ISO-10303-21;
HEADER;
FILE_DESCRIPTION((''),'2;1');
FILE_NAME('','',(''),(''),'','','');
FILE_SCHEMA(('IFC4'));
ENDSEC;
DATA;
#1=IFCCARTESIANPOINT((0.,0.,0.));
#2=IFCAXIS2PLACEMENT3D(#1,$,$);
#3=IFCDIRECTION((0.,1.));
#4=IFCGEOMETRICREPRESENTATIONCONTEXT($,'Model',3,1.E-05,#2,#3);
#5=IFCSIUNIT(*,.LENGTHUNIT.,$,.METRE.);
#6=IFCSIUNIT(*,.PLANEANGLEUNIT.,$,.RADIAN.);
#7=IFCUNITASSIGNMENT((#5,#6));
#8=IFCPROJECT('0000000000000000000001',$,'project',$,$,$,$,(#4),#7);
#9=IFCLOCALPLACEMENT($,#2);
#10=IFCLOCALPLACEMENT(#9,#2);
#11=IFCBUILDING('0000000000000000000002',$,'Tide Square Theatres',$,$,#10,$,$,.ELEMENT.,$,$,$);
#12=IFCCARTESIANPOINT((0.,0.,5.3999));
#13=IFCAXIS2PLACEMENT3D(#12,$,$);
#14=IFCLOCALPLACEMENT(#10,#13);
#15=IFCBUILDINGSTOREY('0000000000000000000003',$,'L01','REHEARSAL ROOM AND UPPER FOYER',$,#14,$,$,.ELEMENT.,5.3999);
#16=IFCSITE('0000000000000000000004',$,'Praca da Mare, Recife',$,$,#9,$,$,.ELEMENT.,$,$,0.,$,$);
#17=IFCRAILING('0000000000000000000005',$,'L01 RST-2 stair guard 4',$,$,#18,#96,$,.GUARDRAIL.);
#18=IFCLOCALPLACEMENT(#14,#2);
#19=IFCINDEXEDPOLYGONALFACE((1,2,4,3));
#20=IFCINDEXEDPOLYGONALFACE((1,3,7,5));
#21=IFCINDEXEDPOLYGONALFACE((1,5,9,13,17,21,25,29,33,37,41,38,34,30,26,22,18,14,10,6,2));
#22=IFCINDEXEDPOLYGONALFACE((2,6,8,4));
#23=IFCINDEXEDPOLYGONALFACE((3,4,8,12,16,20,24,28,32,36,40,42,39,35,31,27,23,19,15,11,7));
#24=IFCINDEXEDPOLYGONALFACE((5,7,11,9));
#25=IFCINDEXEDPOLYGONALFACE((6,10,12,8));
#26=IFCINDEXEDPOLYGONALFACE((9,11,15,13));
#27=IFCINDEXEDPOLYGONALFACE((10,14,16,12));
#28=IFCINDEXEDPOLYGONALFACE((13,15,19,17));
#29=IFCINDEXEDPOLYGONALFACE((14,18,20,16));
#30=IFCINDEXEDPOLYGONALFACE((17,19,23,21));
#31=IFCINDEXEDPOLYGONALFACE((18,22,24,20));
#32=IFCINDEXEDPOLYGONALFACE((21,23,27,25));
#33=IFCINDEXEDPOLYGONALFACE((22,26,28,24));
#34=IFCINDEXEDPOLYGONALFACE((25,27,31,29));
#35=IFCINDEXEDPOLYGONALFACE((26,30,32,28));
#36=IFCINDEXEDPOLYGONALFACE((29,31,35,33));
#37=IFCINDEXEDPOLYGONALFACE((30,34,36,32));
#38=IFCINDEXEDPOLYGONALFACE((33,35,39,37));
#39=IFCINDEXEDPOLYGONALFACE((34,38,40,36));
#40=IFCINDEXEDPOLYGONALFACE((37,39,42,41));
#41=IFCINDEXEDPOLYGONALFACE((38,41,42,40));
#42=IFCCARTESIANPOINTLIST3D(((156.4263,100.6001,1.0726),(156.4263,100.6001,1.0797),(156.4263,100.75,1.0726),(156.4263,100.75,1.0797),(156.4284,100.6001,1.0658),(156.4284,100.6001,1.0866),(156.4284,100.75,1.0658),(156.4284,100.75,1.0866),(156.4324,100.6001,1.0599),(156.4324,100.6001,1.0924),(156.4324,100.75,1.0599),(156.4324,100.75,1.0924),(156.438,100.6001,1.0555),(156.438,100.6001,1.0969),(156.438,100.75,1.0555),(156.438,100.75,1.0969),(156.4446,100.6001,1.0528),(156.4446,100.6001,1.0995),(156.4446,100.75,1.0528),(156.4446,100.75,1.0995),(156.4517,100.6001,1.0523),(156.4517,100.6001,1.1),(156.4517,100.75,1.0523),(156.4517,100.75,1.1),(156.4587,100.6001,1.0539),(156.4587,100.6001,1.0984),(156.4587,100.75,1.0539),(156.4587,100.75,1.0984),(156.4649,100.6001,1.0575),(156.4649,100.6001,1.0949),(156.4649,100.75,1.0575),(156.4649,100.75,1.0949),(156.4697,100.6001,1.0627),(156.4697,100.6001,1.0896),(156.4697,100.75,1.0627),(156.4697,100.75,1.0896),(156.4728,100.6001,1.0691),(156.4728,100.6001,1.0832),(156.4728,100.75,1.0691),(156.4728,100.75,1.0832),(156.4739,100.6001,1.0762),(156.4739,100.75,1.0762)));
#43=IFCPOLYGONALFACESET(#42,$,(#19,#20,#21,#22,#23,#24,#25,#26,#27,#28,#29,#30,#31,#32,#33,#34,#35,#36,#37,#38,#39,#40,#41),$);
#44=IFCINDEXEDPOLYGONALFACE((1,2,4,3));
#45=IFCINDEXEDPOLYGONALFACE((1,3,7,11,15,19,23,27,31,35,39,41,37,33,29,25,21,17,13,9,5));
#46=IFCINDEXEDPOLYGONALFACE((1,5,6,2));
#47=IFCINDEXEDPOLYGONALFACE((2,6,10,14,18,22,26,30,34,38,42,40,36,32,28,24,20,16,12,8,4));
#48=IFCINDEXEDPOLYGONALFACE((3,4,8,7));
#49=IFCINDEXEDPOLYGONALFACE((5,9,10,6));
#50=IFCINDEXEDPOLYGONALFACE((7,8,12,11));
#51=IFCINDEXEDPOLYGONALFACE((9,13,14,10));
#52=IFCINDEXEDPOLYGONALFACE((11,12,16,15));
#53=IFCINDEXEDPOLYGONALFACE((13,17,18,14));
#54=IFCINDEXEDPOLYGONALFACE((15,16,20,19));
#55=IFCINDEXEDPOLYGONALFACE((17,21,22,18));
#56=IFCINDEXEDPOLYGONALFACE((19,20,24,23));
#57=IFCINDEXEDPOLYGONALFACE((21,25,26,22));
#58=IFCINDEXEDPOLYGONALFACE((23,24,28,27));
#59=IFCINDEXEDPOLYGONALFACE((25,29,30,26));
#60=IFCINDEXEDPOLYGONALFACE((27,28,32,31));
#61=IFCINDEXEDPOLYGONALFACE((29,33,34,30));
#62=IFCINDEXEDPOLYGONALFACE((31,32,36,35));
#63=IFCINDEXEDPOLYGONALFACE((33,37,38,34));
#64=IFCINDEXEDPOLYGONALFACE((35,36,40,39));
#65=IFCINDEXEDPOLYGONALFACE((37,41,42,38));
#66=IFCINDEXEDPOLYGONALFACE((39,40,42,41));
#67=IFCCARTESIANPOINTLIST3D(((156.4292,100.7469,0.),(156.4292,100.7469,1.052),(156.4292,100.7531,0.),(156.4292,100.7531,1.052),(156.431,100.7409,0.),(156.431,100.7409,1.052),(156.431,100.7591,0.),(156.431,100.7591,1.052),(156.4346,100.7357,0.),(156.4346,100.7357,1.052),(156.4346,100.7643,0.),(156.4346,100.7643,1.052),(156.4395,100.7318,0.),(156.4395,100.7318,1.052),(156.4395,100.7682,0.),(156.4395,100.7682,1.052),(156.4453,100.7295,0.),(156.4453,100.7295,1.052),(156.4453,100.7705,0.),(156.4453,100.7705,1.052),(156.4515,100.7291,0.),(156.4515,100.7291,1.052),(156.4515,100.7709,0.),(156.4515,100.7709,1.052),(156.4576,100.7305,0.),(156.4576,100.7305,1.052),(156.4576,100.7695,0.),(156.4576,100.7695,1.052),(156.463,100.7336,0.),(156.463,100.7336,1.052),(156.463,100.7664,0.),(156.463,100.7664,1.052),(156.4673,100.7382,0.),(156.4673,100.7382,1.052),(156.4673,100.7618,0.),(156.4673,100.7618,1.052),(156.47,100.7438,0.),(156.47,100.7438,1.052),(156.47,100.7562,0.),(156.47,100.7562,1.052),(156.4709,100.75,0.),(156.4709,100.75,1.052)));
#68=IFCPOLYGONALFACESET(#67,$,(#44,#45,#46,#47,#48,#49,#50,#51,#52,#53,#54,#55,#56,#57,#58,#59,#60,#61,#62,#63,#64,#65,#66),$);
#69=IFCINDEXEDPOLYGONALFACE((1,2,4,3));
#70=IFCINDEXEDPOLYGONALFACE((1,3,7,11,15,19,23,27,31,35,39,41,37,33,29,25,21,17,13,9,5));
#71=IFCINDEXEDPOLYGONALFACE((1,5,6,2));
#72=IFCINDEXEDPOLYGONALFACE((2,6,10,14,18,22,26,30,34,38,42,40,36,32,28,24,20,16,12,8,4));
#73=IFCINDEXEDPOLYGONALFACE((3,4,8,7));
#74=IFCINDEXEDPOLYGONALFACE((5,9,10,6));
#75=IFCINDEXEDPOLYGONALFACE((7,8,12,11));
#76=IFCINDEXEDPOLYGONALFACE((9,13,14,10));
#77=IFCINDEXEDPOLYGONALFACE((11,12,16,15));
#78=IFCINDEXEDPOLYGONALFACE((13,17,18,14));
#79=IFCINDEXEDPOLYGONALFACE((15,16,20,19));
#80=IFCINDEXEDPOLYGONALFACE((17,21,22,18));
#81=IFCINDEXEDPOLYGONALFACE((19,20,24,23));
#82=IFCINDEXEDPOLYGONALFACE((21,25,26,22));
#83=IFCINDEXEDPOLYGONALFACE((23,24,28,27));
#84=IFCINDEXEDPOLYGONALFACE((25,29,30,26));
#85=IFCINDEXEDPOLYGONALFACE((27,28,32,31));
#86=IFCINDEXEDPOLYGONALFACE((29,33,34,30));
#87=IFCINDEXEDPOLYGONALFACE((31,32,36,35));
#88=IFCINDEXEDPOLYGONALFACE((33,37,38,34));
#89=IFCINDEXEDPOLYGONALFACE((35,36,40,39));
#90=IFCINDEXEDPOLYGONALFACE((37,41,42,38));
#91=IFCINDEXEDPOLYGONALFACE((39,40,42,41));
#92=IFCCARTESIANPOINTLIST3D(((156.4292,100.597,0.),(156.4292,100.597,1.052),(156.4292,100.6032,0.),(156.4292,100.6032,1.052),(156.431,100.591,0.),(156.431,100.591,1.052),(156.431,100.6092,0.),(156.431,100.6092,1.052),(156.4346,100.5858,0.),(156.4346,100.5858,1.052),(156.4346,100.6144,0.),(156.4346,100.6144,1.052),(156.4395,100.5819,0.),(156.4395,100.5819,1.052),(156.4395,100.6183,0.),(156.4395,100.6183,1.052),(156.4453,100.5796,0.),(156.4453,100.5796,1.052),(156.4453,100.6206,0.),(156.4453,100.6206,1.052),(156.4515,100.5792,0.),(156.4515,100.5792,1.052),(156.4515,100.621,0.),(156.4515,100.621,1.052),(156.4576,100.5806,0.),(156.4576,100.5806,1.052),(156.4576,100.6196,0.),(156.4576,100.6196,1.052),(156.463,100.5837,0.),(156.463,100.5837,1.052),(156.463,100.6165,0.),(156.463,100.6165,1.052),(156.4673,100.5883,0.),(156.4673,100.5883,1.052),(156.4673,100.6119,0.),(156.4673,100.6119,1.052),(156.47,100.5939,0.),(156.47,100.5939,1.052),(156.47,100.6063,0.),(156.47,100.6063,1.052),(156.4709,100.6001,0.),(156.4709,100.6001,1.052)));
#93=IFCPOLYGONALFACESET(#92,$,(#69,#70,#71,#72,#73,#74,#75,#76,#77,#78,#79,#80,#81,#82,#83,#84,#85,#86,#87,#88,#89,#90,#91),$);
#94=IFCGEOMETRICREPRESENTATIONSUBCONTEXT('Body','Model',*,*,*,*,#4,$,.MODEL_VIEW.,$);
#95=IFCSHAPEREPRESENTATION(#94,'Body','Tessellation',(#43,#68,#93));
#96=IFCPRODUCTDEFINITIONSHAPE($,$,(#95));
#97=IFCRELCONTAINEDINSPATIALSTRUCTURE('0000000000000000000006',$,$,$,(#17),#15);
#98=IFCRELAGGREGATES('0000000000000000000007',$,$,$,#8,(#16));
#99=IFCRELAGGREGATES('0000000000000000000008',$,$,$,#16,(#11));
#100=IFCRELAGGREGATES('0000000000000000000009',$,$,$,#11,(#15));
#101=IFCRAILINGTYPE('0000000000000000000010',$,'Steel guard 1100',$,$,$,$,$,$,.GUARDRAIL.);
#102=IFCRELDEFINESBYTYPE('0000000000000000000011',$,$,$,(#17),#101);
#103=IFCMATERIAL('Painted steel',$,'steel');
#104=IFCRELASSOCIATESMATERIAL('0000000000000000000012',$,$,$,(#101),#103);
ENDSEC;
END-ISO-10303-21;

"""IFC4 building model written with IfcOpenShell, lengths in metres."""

from ifc_helpers import new_model, si_unit, direction, frame, origin, origin_2d, place, context, subcontext, project, spatial, circle, extrude, material, type_object, element, save


model = new_model("IFC4")

# Units and contexts
model_context = context("Model", 3, precision=1e-05, world=origin(), true_north=direction((0.0, 1.0)))
body_context = subcontext(model_context, "Body", "Model", "MODEL_VIEW")
ifc_project = project(units=[si_unit("LENGTHUNIT", "METRE"), si_unit("PLANEANGLEUNIT", "RADIAN")], contexts=[model_context])

# Site, building, storey
site_placement = place(None, origin())
site = spatial("IfcSite", under=ifc_project, at=site_placement, Name="Praca da Mare, Recife", CompositionType="ELEMENT", RefElevation=0.0)
building_placement = place(site_placement, origin())
building = spatial("IfcBuilding", under=site, at=building_placement, Name="Tide Square Theatres", CompositionType="ELEMENT")
storey_placement = place(building_placement, frame((0.0, 0.0, 5.3999)))
storey = spatial("IfcBuildingStorey", under=building, at=storey_placement, Name="L01", Description="REHEARSAL ROOM AND UPPER FOYER", CompositionType="ELEMENT", Elevation=5.3999)

# Railing
ifc_material_1 = material(Name="Painted steel", Category="steel")
railing_type_1 = type_object("IfcRailingType", Name="Steel guard 1100", PredefinedType="GUARDRAIL", material=ifc_material_1)
railing_1_placement = place(storey_placement, frame((156.45, 100.75, 0.0)))
element("IfcRailing", 1, at=railing_1_placement, inside=storey, type_object=railing_type_1, Name="L01 RST-2 stair guard 4", PredefinedType="GUARDRAIL", context=body_context, shape_type="SweptSolid", body=[
    extrude(circle(Radius=0.0239, at=origin_2d()), frame((0.0, 0.0, 1.0762), z_axis=(0.0, -1.0, 0.0), x_axis=(1.0, 0.0, 0.0)), (0.0, 0.0, 1.0), 0.1499),
    extrude(circle(Radius=0.021, at=origin_2d()), origin(), (0.0, 0.0, 1.0), 1.052),
    extrude(circle(Radius=0.021, at=origin_2d()), frame((0.0, -0.1499, 0.0)), (0.0, 0.0, 1.0), 1.052),
])

save(model, "model.ifc")
